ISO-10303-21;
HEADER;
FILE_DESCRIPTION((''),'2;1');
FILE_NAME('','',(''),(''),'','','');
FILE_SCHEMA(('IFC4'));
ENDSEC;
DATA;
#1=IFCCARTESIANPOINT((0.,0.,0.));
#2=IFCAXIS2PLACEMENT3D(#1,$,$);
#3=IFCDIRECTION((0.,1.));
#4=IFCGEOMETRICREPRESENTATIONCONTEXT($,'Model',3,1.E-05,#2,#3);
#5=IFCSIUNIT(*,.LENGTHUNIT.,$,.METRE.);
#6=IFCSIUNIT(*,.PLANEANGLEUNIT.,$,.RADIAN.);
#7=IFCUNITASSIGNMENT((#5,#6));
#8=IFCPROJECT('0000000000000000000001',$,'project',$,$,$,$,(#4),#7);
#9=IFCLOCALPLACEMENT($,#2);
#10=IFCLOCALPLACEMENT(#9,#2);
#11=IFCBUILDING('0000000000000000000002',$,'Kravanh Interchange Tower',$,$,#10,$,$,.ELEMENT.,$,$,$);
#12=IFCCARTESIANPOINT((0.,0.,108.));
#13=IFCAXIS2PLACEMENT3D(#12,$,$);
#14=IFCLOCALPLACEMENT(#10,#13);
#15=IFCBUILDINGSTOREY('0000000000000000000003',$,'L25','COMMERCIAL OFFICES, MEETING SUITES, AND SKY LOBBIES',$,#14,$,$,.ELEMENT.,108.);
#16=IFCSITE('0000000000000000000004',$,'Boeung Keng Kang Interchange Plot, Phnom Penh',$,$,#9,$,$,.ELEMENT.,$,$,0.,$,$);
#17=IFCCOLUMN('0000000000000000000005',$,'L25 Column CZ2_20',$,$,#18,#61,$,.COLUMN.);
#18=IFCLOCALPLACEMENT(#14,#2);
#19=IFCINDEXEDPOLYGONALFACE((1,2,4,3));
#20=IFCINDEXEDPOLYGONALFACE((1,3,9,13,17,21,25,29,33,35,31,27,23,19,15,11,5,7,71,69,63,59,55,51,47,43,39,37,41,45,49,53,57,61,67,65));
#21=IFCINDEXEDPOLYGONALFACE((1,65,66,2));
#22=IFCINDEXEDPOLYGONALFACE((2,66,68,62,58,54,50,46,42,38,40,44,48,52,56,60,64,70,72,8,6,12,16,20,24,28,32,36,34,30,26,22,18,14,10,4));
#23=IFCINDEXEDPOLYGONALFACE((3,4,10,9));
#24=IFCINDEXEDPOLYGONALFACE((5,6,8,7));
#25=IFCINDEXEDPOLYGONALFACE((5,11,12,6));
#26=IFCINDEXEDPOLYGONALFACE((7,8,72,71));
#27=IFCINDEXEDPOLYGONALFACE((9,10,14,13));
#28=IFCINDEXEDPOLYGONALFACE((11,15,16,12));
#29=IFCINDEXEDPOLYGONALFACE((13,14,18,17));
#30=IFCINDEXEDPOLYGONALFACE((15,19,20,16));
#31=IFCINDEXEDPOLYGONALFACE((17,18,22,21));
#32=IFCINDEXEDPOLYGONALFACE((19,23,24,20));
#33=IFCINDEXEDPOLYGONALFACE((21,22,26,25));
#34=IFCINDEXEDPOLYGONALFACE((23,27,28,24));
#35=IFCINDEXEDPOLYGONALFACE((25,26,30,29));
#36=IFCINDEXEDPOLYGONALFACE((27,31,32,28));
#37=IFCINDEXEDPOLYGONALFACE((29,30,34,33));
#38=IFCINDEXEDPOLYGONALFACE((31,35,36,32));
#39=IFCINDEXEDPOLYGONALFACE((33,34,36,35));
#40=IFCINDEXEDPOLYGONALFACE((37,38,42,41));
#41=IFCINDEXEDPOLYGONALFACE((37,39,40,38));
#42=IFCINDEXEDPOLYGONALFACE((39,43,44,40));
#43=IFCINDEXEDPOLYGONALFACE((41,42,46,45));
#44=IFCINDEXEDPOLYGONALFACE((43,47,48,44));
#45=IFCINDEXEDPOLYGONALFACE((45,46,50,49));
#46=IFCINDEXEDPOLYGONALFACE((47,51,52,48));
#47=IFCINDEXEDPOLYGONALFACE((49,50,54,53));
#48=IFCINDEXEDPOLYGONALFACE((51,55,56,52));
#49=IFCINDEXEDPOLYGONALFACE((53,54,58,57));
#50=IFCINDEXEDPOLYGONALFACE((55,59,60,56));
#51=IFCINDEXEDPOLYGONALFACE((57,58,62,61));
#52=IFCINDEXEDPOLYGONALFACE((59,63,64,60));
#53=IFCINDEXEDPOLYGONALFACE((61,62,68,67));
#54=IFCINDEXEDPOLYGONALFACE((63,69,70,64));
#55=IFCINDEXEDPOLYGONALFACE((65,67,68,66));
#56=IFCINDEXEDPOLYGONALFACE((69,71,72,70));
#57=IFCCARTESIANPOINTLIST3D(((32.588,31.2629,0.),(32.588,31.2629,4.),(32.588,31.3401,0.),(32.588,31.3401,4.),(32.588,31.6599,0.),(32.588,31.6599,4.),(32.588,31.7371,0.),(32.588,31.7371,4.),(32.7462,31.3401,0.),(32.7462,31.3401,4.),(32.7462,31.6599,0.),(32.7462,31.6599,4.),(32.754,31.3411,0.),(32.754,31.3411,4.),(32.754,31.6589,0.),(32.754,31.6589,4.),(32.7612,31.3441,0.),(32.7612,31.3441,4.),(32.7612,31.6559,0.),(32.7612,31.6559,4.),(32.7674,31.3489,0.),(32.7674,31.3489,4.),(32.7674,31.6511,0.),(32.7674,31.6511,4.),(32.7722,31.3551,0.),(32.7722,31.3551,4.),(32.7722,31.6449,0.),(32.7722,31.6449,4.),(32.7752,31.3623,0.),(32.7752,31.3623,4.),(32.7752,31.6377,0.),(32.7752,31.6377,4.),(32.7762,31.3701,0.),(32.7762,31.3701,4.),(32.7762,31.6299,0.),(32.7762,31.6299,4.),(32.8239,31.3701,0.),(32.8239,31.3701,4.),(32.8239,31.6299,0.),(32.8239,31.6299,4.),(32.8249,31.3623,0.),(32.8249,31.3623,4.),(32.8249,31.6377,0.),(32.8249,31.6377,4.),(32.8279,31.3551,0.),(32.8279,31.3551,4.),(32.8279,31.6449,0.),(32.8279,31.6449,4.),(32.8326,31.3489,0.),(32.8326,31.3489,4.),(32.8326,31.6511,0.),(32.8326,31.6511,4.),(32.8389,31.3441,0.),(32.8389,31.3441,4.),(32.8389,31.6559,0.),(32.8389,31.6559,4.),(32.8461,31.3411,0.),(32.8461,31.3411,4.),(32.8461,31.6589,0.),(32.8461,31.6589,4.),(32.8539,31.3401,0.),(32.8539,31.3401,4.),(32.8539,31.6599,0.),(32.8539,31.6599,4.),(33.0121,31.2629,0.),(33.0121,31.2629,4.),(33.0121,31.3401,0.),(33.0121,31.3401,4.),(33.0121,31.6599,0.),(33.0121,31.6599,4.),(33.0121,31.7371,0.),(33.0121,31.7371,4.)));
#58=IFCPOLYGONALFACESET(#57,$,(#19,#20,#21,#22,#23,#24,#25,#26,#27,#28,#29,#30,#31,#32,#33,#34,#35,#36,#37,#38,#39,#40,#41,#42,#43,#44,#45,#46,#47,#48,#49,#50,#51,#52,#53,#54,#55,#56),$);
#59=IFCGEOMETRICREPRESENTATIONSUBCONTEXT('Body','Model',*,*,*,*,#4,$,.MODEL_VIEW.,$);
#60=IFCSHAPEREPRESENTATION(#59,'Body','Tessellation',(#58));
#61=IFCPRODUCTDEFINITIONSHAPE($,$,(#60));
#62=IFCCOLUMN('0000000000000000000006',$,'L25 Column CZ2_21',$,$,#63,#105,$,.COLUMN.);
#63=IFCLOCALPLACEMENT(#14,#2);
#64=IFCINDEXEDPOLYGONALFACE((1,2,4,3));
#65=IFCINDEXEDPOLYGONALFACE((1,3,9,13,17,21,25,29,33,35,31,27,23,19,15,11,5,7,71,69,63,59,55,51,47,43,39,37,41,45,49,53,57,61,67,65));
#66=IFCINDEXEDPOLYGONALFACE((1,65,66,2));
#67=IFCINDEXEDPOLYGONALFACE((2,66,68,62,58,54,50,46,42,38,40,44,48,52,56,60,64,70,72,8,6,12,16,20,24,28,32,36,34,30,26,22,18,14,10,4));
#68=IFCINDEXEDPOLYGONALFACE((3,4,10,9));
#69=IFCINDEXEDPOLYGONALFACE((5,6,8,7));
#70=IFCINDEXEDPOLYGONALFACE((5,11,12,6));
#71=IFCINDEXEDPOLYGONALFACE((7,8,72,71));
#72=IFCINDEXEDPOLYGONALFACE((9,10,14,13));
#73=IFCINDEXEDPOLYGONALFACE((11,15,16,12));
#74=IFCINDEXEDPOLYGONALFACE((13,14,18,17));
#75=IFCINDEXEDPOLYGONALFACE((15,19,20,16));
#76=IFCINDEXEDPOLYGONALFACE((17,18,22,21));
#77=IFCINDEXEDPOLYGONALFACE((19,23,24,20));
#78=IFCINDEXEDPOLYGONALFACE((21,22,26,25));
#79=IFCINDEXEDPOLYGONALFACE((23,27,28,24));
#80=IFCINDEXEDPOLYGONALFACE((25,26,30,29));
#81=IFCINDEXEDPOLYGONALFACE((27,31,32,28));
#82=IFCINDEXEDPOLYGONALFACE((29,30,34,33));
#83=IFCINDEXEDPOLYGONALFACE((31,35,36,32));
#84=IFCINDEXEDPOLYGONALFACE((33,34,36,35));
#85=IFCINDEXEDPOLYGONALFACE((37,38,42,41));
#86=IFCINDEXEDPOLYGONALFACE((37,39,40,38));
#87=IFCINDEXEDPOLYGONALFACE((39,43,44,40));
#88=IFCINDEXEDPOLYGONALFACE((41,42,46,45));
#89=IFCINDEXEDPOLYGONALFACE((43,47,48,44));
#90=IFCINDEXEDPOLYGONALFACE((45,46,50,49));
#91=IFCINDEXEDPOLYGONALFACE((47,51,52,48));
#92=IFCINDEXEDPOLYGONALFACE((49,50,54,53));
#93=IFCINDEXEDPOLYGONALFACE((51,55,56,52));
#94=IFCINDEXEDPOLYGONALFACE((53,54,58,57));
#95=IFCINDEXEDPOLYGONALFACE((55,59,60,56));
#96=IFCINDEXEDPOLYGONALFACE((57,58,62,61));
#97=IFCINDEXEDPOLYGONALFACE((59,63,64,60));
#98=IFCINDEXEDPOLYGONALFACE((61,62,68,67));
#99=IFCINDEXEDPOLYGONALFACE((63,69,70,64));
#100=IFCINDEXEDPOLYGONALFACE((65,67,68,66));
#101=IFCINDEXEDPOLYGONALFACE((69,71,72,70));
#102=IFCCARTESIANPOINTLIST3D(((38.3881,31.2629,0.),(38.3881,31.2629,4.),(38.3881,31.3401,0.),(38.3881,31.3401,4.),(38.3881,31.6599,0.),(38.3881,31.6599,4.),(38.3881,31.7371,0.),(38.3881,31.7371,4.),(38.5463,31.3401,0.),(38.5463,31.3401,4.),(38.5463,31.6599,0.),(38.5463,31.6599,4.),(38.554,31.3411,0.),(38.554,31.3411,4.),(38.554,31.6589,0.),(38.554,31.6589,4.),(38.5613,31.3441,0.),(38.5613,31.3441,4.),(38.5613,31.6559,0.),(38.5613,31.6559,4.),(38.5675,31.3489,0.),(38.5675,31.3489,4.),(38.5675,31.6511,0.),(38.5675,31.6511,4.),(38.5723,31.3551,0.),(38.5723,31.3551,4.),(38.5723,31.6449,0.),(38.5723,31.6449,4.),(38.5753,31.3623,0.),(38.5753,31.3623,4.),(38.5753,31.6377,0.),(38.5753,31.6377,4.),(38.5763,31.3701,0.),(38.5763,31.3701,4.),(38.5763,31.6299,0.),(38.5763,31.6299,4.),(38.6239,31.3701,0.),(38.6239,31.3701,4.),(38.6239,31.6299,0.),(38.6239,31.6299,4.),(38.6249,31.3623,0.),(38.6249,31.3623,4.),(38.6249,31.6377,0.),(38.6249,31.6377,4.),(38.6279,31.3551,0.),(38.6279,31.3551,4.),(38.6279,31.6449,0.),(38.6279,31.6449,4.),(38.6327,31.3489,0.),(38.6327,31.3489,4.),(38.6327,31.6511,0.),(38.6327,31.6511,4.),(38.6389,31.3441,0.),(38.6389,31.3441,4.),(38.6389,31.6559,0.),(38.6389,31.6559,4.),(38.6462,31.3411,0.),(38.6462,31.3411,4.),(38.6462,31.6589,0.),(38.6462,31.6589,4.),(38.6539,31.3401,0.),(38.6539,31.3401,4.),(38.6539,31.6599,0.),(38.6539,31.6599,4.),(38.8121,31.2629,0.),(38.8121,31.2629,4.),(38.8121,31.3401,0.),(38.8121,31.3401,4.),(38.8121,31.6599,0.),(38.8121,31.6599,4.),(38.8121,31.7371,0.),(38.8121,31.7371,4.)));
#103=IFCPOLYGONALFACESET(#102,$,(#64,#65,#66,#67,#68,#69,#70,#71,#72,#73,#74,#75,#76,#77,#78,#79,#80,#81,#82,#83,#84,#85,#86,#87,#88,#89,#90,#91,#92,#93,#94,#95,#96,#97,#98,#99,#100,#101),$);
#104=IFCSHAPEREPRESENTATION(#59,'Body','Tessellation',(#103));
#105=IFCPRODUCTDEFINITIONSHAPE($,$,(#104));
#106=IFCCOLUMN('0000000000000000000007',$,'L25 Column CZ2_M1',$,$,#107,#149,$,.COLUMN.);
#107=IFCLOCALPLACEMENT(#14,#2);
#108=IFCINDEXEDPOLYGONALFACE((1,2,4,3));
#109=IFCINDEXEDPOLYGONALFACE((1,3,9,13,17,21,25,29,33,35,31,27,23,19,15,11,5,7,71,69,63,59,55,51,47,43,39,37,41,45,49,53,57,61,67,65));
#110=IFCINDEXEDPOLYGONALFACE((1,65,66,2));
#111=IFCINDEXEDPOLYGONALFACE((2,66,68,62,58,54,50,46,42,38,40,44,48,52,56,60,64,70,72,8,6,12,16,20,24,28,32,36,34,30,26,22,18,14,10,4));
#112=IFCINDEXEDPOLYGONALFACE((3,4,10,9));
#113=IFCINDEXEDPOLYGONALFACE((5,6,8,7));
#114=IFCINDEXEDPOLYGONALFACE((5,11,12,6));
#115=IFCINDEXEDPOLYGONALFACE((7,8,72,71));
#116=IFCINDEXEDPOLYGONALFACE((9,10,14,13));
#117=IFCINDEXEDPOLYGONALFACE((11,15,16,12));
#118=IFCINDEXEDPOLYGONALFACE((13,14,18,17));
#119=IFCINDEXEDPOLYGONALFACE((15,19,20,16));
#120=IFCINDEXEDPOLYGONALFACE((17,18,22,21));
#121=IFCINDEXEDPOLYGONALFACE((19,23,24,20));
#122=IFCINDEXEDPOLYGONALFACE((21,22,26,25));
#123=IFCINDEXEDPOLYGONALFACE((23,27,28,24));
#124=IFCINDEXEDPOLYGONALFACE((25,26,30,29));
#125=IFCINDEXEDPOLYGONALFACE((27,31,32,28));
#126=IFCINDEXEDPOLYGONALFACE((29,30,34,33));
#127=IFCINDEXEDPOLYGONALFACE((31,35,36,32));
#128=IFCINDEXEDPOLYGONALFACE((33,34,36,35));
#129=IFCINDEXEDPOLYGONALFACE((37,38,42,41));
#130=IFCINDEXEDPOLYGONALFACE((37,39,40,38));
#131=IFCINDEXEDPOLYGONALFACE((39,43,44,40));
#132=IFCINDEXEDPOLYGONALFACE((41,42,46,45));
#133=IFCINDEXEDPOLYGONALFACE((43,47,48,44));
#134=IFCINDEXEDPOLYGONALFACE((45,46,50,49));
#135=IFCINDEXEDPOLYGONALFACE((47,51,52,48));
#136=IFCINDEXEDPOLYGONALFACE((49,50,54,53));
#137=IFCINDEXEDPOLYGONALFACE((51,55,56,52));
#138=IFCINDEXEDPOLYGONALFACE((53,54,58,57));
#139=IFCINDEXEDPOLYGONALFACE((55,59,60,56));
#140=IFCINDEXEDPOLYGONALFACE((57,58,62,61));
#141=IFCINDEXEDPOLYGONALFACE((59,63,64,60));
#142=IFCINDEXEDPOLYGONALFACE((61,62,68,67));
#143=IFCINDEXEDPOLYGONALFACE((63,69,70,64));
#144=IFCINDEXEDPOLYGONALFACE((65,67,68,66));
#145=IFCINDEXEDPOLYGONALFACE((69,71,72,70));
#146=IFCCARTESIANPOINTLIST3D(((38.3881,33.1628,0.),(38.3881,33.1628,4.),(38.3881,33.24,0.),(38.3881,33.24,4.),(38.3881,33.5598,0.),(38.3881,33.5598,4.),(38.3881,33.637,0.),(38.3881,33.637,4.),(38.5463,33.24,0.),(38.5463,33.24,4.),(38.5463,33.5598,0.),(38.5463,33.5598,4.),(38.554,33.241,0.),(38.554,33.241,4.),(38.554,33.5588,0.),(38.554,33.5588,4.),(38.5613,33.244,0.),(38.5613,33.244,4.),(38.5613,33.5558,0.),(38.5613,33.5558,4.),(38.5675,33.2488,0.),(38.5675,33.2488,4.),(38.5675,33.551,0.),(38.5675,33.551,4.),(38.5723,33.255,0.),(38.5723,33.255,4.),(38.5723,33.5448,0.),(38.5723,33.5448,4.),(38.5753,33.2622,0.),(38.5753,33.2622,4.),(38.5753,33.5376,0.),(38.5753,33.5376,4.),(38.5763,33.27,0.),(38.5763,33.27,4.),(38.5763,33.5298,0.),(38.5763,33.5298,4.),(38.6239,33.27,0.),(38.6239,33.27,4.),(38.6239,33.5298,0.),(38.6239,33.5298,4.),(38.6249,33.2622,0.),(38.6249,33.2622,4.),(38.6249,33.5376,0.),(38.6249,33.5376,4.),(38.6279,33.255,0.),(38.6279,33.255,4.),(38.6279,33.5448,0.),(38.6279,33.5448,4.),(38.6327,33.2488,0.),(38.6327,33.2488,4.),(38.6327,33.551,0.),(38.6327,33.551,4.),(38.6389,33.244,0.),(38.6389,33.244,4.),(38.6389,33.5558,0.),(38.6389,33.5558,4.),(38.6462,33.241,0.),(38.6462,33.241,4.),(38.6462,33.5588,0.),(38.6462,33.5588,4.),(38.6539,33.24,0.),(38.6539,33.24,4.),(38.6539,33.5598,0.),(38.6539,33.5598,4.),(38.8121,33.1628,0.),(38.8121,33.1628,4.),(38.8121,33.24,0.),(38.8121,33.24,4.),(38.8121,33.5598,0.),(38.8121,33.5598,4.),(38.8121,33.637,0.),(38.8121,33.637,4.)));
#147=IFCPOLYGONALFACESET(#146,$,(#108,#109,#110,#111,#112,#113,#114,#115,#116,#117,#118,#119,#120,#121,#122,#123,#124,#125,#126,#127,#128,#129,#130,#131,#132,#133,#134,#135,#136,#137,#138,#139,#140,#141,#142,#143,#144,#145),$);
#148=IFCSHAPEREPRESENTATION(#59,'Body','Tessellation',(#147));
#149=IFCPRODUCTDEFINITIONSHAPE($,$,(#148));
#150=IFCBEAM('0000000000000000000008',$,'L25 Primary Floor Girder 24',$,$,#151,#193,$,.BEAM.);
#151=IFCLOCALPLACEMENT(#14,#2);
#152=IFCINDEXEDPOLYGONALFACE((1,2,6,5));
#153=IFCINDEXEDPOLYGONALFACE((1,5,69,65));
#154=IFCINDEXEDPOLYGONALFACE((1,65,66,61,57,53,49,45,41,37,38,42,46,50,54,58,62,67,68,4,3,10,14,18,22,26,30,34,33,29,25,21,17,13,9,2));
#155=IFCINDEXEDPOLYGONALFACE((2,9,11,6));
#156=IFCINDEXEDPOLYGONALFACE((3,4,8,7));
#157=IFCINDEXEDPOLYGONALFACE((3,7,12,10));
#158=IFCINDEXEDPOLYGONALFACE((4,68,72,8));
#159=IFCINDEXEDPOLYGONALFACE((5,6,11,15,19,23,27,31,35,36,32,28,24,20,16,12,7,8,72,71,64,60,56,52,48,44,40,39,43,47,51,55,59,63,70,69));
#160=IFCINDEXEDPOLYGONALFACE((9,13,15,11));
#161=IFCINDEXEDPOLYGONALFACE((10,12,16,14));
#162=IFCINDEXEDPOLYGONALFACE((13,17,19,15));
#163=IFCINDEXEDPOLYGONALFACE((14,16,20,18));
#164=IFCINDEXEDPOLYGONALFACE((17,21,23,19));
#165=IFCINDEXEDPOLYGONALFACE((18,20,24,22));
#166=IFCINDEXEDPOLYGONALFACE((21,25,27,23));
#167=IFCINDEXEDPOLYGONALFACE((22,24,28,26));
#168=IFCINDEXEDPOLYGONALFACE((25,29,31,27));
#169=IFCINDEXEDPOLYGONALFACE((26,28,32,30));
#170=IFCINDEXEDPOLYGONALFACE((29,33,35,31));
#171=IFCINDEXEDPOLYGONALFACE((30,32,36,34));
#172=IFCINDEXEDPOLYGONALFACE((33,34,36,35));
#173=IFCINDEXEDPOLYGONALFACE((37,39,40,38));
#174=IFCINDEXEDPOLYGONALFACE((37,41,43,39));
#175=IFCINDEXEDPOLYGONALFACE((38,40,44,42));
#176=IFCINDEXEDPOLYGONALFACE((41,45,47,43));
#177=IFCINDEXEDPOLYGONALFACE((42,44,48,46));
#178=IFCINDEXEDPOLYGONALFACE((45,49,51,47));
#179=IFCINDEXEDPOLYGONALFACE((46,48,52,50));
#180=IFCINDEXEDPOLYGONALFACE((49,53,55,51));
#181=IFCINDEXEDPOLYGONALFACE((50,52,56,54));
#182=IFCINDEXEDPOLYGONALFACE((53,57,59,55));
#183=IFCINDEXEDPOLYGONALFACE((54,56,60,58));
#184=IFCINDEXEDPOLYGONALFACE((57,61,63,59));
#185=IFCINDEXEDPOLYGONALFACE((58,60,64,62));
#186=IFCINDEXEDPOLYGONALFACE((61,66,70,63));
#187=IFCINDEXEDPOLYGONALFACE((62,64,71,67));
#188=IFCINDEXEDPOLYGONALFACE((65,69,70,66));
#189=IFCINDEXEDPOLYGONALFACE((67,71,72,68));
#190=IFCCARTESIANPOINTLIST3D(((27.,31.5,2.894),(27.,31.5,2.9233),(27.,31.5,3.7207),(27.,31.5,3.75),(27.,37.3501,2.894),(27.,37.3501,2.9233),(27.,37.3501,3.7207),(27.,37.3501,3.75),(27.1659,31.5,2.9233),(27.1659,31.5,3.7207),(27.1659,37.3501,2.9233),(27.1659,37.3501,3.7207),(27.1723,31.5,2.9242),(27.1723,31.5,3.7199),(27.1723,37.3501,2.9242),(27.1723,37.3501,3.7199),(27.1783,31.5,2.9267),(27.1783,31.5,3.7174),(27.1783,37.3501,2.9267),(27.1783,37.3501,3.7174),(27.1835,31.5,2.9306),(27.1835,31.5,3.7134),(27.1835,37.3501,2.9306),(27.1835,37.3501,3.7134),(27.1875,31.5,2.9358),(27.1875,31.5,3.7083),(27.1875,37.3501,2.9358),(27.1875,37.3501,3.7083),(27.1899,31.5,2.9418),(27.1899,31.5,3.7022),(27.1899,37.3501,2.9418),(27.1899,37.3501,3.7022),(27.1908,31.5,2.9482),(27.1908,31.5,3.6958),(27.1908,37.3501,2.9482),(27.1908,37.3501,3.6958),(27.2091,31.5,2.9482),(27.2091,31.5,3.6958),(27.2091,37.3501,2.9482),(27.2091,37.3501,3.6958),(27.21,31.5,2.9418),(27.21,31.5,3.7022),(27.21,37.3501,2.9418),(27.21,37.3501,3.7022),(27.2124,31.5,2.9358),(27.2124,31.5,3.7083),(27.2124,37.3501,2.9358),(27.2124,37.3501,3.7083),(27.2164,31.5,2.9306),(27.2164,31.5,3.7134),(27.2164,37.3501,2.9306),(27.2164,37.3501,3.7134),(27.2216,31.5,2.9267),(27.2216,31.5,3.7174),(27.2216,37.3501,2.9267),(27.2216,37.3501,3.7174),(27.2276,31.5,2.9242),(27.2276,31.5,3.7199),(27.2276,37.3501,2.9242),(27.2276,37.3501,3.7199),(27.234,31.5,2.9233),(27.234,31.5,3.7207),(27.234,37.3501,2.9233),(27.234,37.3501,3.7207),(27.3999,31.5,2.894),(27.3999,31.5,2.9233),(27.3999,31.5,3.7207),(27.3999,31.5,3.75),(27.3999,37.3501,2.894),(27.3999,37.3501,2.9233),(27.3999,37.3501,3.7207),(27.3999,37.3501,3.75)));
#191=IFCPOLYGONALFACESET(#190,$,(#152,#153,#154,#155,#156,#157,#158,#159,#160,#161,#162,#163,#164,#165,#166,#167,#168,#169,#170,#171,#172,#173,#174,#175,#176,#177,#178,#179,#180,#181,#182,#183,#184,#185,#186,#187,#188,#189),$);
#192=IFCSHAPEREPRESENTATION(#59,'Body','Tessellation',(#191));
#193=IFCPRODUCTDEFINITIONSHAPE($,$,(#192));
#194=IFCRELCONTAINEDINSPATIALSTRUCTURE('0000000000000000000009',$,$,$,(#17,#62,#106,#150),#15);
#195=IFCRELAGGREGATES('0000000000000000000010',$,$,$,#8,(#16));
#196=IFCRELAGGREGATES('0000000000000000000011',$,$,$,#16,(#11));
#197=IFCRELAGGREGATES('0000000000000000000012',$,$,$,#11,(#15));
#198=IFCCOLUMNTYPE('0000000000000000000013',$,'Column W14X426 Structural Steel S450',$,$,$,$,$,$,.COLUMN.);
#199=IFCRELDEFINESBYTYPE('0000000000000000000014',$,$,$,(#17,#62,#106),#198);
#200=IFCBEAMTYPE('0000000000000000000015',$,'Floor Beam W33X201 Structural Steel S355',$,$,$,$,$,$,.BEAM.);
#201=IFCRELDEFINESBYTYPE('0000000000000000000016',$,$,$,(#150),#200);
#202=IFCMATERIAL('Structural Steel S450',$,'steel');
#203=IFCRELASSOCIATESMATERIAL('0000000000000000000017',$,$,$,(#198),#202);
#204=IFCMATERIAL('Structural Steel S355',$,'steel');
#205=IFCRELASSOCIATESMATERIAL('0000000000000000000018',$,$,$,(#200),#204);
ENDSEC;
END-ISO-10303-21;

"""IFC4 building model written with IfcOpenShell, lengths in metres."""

from ifc_helpers import new_model, si_unit, direction, frame, origin, origin_2d, place, context, subcontext, project, spatial, i_section, extrude, material, material_profile, profile_set, type_object, element, save


model = new_model("IFC4")

# Units and contexts
model_context = context("Model", 3, precision=1e-05, world=origin(), true_north=direction((0.0, 1.0)))
body_context = subcontext(model_context, "Body", "Model", "MODEL_VIEW")
ifc_project = project(units=[si_unit("LENGTHUNIT", "METRE"), si_unit("PLANEANGLEUNIT", "RADIAN")], contexts=[model_context])

# Site, building, storey
site_placement = place(None, origin())
site = spatial("IfcSite", under=ifc_project, at=site_placement, Name="Boeung Keng Kang Interchange Plot, Phnom Penh", CompositionType="ELEMENT", RefElevation=0.0)
building_placement = place(site_placement, origin())
building = spatial("IfcBuilding", under=site, at=building_placement, Name="Kravanh Interchange Tower", CompositionType="ELEMENT")
storey_placement = place(building_placement, frame((0.0, 0.0, 108.0)))
storey = spatial("IfcBuildingStorey", under=building, at=storey_placement, Name="L25", Description="COMMERCIAL OFFICES, MEETING SUITES, AND SKY LOBBIES", CompositionType="ELEMENT", Elevation=108.0)

# Columns
ifc_material_1 = material(Name="Structural Steel S450", Category="steel")
ifc_material_profile_1 = material_profile(ifc_material_1, i_section(OverallWidth=0.4241, OverallDepth=0.4741, WebThickness=0.0476, FlangeThickness=0.0771, FilletRadius=0.03, at=origin_2d()), Name="W14X426")
ifc_profile_set_1 = profile_set([ifc_material_profile_1], Name="Structural Steel S450")
column_type_1 = type_object("IfcColumnType", Name="Column W14X426 Structural Steel S450", PredefinedType="COLUMN", material=ifc_profile_set_1)
for number, where, z_axis, x_axis, name in (
    (1, (32.8, 31.5, 0.0), (0.0, 0.0, 1.0), (1.0, 0.0, 0.0), "L25 Column CZ2_20"),
    (2, (38.6001, 31.5, 0.0), (0.0, 0.0, 1.0), (1.0, 0.0, 0.0), "L25 Column CZ2_21"),
    (3, (38.6001, 33.3999, 0.0), (0.0, 0.0, 1.0), (1.0, 0.0, 0.0), "L25 Column CZ2_M1"),
):
    element("IfcColumn", number, at=place(storey_placement, frame(where, z_axis=z_axis, x_axis=x_axis)), inside=storey, type_object=column_type_1, Name=name, PredefinedType="COLUMN", context=body_context, shape_type="SweptSolid", body=[
        extrude(i_section(OverallWidth=0.4241, OverallDepth=0.4741, WebThickness=0.0476, FlangeThickness=0.0771, FilletRadius=0.03, at=origin_2d()), origin(), (0.0, 0.0, 1.0), 4.0),
    ])

# Beam
ifc_material_2 = material(Name="Structural Steel S355", Category="steel")
ifc_material_profile_2 = material_profile(ifc_material_2, i_section(OverallWidth=0.3999, OverallDepth=0.856, WebThickness=0.0183, FlangeThickness=0.0293, FilletRadius=0.0249, at=origin_2d()), Name="W33X201")
ifc_profile_set_2 = profile_set([ifc_material_profile_2], Name="Structural Steel S355")
beam_type_1 = type_object("IfcBeamType", Name="Floor Beam W33X201 Structural Steel S355", PredefinedType="BEAM", material=ifc_profile_set_2)
beam_1_placement = place(storey_placement, frame((27.2, 37.3501, 3.322), z_axis=(0.0, -1.0, 0.0), x_axis=(1.0, 0.0, 0.0)))
element("IfcBeam", 4, at=beam_1_placement, inside=storey, type_object=beam_type_1, Name="L25 Primary Floor Girder 24", PredefinedType="BEAM", context=body_context, shape_type="SweptSolid", body=[
    extrude(i_section(OverallWidth=0.3999, OverallDepth=0.856, WebThickness=0.0183, FlangeThickness=0.0293, FilletRadius=0.0249, at=origin_2d()), origin(), (0.0, 0.0, 1.0), 5.8501),
])

save(model, "model.ifc")
